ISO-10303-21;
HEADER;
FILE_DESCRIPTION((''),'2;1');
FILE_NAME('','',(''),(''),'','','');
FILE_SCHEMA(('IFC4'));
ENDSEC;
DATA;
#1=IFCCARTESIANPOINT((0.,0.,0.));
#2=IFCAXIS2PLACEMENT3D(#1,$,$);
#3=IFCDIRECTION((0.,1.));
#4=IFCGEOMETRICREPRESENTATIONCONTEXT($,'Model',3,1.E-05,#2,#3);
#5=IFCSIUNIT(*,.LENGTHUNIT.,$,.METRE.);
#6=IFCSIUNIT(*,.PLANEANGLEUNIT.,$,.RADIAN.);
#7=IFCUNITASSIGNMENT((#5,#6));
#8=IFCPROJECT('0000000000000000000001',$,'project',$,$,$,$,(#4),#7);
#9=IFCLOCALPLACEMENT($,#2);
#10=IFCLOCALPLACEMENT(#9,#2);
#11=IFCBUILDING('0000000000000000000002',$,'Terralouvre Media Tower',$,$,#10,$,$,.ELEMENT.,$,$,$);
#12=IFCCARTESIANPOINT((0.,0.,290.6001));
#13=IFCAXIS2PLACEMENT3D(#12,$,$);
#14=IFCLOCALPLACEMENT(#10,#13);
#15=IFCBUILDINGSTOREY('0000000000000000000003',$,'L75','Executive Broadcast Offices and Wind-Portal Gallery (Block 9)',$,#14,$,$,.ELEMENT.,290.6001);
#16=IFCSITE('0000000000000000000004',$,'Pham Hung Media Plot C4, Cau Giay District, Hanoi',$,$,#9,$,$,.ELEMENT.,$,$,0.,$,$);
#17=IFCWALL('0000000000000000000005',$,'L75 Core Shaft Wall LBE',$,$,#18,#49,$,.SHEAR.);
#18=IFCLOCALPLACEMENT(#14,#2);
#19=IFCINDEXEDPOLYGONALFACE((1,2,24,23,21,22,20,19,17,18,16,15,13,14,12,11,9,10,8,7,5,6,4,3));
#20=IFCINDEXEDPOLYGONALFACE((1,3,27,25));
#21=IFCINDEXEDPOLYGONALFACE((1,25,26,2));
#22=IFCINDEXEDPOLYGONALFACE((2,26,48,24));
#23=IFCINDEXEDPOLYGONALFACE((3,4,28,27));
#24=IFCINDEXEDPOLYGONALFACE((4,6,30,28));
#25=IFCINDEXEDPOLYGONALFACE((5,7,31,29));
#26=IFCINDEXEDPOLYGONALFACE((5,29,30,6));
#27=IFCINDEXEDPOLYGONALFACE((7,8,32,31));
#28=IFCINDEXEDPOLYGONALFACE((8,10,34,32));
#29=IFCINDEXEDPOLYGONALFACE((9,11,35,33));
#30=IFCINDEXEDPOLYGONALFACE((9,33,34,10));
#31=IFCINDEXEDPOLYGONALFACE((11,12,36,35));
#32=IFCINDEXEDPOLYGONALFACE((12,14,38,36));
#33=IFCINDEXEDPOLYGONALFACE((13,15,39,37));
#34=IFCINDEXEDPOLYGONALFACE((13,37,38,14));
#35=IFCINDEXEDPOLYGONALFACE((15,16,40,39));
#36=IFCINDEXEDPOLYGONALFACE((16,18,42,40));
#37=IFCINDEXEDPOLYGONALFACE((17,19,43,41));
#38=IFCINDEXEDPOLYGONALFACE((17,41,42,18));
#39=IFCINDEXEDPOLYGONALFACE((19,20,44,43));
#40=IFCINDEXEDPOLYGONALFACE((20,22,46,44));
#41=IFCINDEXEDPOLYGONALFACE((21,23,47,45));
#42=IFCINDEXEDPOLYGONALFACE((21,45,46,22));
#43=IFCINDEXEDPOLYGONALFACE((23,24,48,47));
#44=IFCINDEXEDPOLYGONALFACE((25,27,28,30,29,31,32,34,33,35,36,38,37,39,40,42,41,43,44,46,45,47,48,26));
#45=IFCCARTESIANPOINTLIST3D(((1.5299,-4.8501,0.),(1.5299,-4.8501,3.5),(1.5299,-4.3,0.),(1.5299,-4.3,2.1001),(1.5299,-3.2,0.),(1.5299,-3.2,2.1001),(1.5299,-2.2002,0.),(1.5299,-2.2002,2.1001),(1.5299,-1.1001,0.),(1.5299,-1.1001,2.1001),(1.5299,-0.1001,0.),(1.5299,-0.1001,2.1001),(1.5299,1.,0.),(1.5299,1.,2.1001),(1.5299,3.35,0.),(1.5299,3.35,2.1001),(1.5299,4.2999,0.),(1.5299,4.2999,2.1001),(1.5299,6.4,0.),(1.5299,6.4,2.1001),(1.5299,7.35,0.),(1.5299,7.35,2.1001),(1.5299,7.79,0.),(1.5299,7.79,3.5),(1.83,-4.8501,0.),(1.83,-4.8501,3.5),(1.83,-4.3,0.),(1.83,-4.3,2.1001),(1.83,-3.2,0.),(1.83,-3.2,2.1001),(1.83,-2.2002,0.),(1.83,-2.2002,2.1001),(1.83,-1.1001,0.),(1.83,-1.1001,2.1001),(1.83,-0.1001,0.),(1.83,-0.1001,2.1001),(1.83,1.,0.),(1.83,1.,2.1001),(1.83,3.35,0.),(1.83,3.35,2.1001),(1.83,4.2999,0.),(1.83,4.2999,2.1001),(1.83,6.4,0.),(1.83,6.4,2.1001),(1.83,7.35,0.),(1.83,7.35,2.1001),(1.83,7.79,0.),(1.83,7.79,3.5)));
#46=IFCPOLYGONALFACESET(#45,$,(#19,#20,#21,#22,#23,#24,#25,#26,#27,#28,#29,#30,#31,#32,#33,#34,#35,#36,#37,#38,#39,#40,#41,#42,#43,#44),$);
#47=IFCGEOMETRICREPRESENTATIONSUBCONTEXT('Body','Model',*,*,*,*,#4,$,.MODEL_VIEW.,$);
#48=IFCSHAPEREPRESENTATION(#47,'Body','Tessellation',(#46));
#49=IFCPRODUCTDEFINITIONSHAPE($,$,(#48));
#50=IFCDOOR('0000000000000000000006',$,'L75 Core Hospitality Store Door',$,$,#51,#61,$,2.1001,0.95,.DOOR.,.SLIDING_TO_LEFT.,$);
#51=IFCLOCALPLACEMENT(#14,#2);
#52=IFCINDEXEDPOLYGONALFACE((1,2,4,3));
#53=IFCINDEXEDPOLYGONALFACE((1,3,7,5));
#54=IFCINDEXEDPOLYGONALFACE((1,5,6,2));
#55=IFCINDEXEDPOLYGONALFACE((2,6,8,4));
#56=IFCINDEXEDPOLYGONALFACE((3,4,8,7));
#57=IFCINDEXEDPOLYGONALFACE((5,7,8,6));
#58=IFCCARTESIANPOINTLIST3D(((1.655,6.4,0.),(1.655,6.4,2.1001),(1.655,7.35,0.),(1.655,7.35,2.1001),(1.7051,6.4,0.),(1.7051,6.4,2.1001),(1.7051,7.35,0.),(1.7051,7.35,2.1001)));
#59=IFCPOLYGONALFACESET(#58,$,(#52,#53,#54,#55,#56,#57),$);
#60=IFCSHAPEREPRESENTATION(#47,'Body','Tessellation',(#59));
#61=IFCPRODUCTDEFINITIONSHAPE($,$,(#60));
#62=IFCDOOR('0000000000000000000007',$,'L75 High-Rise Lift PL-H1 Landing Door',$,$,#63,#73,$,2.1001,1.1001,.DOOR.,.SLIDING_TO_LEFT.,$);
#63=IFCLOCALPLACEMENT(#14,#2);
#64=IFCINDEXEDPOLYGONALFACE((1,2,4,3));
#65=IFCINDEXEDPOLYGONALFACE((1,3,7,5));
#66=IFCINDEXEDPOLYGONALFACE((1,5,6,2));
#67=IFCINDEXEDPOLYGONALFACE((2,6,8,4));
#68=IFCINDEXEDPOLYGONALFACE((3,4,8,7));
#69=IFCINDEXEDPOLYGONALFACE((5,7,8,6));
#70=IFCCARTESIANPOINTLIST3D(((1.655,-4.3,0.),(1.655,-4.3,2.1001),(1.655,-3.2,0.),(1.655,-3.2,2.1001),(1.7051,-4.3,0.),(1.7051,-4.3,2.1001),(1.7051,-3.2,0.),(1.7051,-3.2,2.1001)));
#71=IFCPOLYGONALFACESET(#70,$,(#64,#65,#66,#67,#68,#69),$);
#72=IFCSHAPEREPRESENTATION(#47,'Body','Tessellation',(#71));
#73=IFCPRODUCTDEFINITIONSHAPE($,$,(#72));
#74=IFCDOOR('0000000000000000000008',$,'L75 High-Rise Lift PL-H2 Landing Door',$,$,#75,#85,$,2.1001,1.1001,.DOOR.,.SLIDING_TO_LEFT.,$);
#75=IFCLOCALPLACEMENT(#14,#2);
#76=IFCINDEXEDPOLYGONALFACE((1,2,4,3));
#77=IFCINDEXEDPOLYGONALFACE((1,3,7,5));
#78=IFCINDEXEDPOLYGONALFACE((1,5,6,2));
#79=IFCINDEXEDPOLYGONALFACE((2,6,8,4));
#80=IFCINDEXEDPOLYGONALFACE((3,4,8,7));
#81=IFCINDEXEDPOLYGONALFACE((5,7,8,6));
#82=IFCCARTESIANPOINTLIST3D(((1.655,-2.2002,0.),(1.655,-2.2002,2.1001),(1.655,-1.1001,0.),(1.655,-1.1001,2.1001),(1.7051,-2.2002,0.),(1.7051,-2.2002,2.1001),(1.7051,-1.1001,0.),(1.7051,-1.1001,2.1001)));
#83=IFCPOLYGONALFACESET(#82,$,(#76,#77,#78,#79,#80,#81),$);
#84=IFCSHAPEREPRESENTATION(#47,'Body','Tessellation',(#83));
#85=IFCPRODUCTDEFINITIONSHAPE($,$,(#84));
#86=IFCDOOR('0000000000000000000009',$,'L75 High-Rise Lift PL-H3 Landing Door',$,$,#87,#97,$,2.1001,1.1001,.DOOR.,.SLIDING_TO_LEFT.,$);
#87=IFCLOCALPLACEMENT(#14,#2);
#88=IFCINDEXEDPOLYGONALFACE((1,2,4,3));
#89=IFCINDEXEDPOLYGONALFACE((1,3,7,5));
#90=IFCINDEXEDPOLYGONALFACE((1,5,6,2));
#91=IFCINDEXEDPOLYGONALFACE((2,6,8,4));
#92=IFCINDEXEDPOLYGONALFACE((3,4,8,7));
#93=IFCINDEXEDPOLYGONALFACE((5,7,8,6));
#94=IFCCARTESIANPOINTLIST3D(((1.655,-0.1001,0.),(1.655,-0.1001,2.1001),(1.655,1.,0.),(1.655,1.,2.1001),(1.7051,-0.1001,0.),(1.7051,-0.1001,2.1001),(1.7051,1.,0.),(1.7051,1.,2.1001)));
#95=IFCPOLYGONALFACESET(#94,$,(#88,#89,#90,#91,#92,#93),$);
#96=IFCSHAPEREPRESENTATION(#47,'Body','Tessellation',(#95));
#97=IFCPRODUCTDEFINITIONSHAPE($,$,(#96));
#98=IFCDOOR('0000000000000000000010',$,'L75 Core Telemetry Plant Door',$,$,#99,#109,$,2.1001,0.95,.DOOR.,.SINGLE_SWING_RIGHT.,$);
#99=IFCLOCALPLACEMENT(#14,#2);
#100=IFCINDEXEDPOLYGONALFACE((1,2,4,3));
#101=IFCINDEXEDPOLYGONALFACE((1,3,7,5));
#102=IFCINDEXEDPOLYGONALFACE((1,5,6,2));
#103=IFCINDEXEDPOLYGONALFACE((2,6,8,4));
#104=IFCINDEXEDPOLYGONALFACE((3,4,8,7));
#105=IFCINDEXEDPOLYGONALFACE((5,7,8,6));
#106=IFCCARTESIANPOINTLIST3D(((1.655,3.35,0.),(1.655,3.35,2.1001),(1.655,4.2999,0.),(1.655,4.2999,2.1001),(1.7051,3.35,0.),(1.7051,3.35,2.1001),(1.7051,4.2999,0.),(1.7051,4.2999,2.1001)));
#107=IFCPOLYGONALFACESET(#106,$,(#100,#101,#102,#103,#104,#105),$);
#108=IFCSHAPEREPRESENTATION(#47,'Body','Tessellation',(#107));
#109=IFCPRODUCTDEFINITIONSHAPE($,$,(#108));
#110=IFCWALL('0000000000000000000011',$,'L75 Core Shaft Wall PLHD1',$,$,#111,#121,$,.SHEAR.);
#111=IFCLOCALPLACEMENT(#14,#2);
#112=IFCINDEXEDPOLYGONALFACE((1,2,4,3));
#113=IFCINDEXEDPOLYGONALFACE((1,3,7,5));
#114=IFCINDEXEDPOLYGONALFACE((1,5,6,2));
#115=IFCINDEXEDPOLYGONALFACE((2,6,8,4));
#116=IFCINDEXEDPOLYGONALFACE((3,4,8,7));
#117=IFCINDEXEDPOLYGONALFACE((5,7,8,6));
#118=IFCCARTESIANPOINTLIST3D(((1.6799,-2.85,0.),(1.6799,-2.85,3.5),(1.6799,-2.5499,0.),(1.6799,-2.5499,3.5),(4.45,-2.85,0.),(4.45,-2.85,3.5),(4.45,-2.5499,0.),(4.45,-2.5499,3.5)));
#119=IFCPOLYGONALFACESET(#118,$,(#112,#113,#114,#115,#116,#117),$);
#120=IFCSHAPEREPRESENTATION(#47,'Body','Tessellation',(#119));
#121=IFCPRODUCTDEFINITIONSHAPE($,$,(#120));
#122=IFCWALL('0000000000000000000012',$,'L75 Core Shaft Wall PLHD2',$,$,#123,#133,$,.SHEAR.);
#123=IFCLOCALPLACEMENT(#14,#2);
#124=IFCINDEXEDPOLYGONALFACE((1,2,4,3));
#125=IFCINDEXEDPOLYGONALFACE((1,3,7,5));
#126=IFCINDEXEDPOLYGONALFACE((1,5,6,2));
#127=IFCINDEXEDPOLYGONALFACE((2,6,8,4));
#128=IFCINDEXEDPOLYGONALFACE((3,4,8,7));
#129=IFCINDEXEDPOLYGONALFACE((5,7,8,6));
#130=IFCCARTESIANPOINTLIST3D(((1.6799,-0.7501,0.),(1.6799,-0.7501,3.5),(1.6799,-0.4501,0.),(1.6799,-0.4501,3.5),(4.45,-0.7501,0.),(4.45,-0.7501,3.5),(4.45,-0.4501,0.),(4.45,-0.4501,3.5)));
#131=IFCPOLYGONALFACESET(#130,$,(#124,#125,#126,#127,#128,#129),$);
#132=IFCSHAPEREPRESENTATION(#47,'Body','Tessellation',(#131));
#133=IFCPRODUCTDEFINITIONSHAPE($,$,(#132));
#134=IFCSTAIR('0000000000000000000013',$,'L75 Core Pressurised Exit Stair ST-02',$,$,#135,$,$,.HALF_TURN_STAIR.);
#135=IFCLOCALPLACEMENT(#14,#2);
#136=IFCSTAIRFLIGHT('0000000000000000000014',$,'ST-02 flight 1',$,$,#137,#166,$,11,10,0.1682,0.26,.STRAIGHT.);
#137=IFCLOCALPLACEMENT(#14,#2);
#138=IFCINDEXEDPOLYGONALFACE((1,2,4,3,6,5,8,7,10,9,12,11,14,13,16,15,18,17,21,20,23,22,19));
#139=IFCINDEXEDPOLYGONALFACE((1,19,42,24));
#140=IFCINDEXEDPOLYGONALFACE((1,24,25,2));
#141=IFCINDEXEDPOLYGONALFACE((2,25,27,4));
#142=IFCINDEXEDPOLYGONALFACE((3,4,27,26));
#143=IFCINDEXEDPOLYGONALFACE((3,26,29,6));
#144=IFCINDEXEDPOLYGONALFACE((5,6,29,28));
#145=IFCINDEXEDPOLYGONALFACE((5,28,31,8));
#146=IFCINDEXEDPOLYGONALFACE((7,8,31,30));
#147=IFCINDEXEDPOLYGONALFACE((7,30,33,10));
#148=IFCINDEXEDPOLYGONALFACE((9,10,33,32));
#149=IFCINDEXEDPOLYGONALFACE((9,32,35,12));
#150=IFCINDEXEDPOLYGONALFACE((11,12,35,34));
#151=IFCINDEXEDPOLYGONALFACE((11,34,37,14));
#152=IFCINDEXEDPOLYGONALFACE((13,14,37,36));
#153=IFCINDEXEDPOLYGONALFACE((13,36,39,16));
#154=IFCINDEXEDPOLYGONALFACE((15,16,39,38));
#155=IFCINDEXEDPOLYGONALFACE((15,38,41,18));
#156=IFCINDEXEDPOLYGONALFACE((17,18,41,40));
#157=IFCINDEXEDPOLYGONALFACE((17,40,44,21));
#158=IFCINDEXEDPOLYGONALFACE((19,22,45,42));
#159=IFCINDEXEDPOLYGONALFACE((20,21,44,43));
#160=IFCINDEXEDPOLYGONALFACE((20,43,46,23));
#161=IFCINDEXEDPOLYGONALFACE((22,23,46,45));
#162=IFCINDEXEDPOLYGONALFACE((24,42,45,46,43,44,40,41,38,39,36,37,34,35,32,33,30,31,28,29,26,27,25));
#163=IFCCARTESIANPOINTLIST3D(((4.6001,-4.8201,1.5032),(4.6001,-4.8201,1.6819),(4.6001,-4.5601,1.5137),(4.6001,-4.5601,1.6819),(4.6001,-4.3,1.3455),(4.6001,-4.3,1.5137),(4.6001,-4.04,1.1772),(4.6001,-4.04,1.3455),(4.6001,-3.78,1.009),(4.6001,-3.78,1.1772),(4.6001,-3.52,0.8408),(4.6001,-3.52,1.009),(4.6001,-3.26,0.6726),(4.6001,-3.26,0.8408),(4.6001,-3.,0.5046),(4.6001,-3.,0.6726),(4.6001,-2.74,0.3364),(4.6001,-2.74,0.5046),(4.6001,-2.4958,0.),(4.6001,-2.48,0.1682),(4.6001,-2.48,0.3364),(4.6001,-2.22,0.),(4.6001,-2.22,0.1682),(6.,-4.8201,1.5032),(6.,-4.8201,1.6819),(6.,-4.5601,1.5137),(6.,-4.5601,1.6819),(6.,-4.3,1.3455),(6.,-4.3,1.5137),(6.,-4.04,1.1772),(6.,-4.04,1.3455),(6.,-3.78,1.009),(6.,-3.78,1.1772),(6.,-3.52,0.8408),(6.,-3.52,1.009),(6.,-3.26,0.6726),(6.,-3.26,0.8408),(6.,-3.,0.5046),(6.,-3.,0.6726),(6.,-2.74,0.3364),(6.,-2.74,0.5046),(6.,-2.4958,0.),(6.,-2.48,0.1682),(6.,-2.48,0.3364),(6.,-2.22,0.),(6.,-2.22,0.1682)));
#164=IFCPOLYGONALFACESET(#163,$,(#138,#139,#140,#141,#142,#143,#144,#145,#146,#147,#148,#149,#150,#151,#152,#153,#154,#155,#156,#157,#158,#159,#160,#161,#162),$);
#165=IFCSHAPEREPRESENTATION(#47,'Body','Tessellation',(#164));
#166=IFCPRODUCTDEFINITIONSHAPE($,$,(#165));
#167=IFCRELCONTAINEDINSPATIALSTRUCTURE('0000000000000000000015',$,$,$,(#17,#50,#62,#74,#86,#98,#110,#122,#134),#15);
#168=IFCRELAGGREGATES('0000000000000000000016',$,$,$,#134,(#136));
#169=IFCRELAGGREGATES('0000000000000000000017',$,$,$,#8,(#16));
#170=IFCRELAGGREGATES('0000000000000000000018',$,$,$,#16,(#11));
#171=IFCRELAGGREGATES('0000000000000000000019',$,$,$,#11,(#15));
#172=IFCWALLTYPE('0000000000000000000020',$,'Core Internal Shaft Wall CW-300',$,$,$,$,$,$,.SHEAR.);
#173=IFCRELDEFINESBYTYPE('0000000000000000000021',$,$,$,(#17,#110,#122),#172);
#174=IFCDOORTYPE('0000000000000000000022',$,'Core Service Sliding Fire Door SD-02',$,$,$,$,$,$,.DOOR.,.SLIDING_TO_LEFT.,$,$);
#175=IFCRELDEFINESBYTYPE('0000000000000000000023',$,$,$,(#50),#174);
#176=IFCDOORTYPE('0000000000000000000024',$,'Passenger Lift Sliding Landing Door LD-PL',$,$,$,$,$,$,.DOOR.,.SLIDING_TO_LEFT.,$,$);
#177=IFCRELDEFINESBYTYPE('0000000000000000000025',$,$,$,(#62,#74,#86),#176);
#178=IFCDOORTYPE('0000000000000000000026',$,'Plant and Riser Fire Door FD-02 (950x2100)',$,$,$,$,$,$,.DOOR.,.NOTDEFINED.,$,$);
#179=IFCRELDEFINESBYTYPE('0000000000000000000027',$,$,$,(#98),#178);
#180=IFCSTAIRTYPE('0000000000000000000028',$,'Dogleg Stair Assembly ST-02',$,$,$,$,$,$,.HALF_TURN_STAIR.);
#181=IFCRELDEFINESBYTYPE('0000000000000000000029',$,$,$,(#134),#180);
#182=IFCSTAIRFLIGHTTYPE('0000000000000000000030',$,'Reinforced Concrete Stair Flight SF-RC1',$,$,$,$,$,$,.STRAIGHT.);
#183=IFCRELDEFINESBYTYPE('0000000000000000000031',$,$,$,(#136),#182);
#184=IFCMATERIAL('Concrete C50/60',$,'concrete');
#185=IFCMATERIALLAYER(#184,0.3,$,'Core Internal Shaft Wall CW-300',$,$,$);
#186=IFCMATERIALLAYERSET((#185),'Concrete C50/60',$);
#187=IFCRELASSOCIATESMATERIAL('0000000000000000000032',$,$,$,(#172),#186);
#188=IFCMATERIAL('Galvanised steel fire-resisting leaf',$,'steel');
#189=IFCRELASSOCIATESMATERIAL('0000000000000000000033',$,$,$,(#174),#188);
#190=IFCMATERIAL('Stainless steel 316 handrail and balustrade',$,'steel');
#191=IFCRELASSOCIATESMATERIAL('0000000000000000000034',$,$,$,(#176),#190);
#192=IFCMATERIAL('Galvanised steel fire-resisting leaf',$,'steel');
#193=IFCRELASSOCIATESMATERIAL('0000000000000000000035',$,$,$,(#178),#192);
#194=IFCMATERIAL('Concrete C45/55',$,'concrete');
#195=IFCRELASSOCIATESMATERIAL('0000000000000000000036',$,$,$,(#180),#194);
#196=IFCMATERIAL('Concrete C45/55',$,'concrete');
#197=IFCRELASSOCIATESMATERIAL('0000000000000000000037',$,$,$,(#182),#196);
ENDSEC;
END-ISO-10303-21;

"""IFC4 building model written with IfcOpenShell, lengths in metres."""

from ifc_helpers import new_model, si_unit, direction, frame, frame_2d, origin, place, context, subcontext, project, spatial, polyline, rectangle, outline, extrude, material, layer, layer_set, type_object, element, fill, aggregate, save


model = new_model("IFC4")

# Units and contexts
model_context = context("Model", 3, precision=1e-05, world=origin(), true_north=direction((0.0, 1.0)))
body_context = subcontext(model_context, "Body", "Model", "MODEL_VIEW")
ifc_project = project(units=[si_unit("LENGTHUNIT", "METRE"), si_unit("PLANEANGLEUNIT", "RADIAN")], contexts=[model_context])

# Site, building, storey
site_placement = place(None, origin())
site = spatial("IfcSite", under=ifc_project, at=site_placement, Name="Pham Hung Media Plot C4, Cau Giay District, Hanoi", CompositionType="ELEMENT", RefElevation=0.0)
building_placement = place(site_placement, origin())
building = spatial("IfcBuilding", under=site, at=building_placement, Name="Terralouvre Media Tower", CompositionType="ELEMENT")
storey_placement = place(building_placement, frame((0.0, 0.0, 290.6001)))
storey = spatial("IfcBuildingStorey", under=building, at=storey_placement, Name="L75", Description="Executive Broadcast Offices and Wind-Portal Gallery (Block 9)", CompositionType="ELEMENT", Elevation=290.6001)

# Shared definitions
ifc_material_1 = material(Name="Concrete C50/60", Category="concrete")
ifc_layer_1 = layer(ifc_material_1, 0.3, Name="Core Internal Shaft Wall CW-300")
ifc_layer_set_1 = layer_set([ifc_layer_1], Name="Concrete C50/60")
wall_type = type_object("IfcWallType", Name="Core Internal Shaft Wall CW-300", PredefinedType="SHEAR", material=ifc_layer_set_1)

# Wall, openings, doors
wall_1_placement = place(storey_placement, frame((1.6799, -4.8501, 0.0), z_axis=(0.0, 0.0, 1.0), x_axis=(0.0, 1.0, 0.0)))
wall_1 = element("IfcWall", 1, at=wall_1_placement, inside=storey, type_object=wall_type, Name="L75 Core Shaft Wall LBE", PredefinedType="SHEAR", context=body_context, shape_type="SweptSolid", body=[
    extrude(rectangle(XDim=12.6401, YDim=0.3, at=frame_2d((6.3201, 0.0))), origin(), (0.0, 0.0, 1.0), 3.5),
])
opening_1_placement = place(wall_1_placement, frame((0.55, 0.0, 0.0)))
opening_1 = element("IfcOpeningElement", 2, at=opening_1_placement, cuts=wall_1, PredefinedType="OPENING", context=body_context, shape_type="SweptSolid", body=[
    extrude(rectangle(XDim=1.1001, YDim=2.1001, at=frame_2d((0.55, 1.05))), frame((0.0, 0.1599, 0.0), z_axis=(0.0, -1.0, 0.0), x_axis=(1.0, 0.0, 0.0)), (0.0, 0.0, 1.0), 0.3201),
])
opening_2_placement = place(wall_1_placement, frame((2.6499, 0.0, 0.0)))
opening_2 = element("IfcOpeningElement", 3, at=opening_2_placement, cuts=wall_1, PredefinedType="OPENING", context=body_context, shape_type="SweptSolid", body=[
    extrude(rectangle(XDim=1.1001, YDim=2.1001, at=frame_2d((0.55, 1.05))), frame((0.0, 0.1599, 0.0), z_axis=(0.0, -1.0, 0.0), x_axis=(1.0, 0.0, 0.0)), (0.0, 0.0, 1.0), 0.3201),
])
opening_3_placement = place(wall_1_placement, frame((4.75, 0.0, 0.0)))
opening_3 = element("IfcOpeningElement", 4, at=opening_3_placement, cuts=wall_1, PredefinedType="OPENING", context=body_context, shape_type="SweptSolid", body=[
    extrude(rectangle(XDim=1.1001, YDim=2.1001, at=frame_2d((0.55, 1.05))), frame((0.0, 0.1599, 0.0), z_axis=(0.0, -1.0, 0.0), x_axis=(1.0, 0.0, 0.0)), (0.0, 0.0, 1.0), 0.3201),
])
opening_4_placement = place(wall_1_placement, frame((8.2, 0.0, 0.0)))
opening_4 = element("IfcOpeningElement", 5, at=opening_4_placement, cuts=wall_1, PredefinedType="OPENING", context=body_context, shape_type="SweptSolid", body=[
    extrude(rectangle(XDim=0.95, YDim=2.1001, at=frame_2d((0.4751, 1.05))), frame((0.0, 0.1599, 0.0), z_axis=(0.0, -1.0, 0.0), x_axis=(1.0, 0.0, 0.0)), (0.0, 0.0, 1.0), 0.3201),
])
opening_5_placement = place(wall_1_placement, frame((11.25, 0.0, 0.0)))
opening_5 = element("IfcOpeningElement", 6, at=opening_5_placement, cuts=wall_1, PredefinedType="OPENING", context=body_context, shape_type="SweptSolid", body=[
    extrude(rectangle(XDim=0.95, YDim=2.1001, at=frame_2d((0.4751, 1.05))), frame((0.0, 0.1599, 0.0), z_axis=(0.0, -1.0, 0.0), x_axis=(1.0, 0.0, 0.0)), (0.0, 0.0, 1.0), 0.3201),
])
ifc_material_2 = material(Name="Galvanised steel fire-resisting leaf", Category="steel")
door_type_1 = type_object("IfcDoorType", Name="Core Service Sliding Fire Door SD-02", OperationType="SLIDING_TO_LEFT", PredefinedType="DOOR", material=ifc_material_2)
door_1_placement = place(opening_5_placement, origin())
door_1 = element("IfcDoor", 7, at=door_1_placement, inside=storey, type_object=door_type_1, Name="L75 Core Hospitality Store Door", OperationType="SLIDING_TO_LEFT", OverallHeight=2.1001, OverallWidth=0.95, PredefinedType="DOOR", context=body_context, shape_type="SweptSolid", body=[
    extrude(rectangle(XDim=0.95, YDim=2.1001, at=frame_2d((0.4751, 1.05))), frame((0.0, 0.0249, 0.0), z_axis=(0.0, -1.0, 0.0), x_axis=(1.0, 0.0, 0.0)), (0.0, 0.0, 1.0), 0.05),
])
fill(opening_5, door_1)
ifc_material_3 = material(Name="Stainless steel 316 handrail and balustrade", Category="steel")
door_type_2 = type_object("IfcDoorType", Name="Passenger Lift Sliding Landing Door LD-PL", OperationType="SLIDING_TO_LEFT", PredefinedType="DOOR", material=ifc_material_3)
door_2_placement = place(opening_1_placement, origin())
door_2 = element("IfcDoor", 8, at=door_2_placement, inside=storey, type_object=door_type_2, Name="L75 High-Rise Lift PL-H1 Landing Door", OperationType="SLIDING_TO_LEFT", OverallHeight=2.1001, OverallWidth=1.1001, PredefinedType="DOOR", context=body_context, shape_type="SweptSolid", body=[
    extrude(rectangle(XDim=1.1001, YDim=2.1001, at=frame_2d((0.55, 1.05))), frame((0.0, 0.0249, 0.0), z_axis=(0.0, -1.0, 0.0), x_axis=(1.0, 0.0, 0.0)), (0.0, 0.0, 1.0), 0.05),
])
fill(opening_1, door_2)
door_3_placement = place(opening_2_placement, origin())
door_3 = element("IfcDoor", 9, at=door_3_placement, inside=storey, type_object=door_type_2, Name="L75 High-Rise Lift PL-H2 Landing Door", OperationType="SLIDING_TO_LEFT", OverallHeight=2.1001, OverallWidth=1.1001, PredefinedType="DOOR", context=body_context, shape_type="SweptSolid", body=[
    extrude(rectangle(XDim=1.1001, YDim=2.1001, at=frame_2d((0.55, 1.05))), frame((0.0, 0.0249, 0.0), z_axis=(0.0, -1.0, 0.0), x_axis=(1.0, 0.0, 0.0)), (0.0, 0.0, 1.0), 0.05),
])
fill(opening_2, door_3)
door_4_placement = place(opening_3_placement, origin())
door_4 = element("IfcDoor", 10, at=door_4_placement, inside=storey, type_object=door_type_2, Name="L75 High-Rise Lift PL-H3 Landing Door", OperationType="SLIDING_TO_LEFT", OverallHeight=2.1001, OverallWidth=1.1001, PredefinedType="DOOR", context=body_context, shape_type="SweptSolid", body=[
    extrude(rectangle(XDim=1.1001, YDim=2.1001, at=frame_2d((0.55, 1.05))), frame((0.0, 0.0249, 0.0), z_axis=(0.0, -1.0, 0.0), x_axis=(1.0, 0.0, 0.0)), (0.0, 0.0, 1.0), 0.05),
])
fill(opening_3, door_4)
ifc_material_4 = material(Name="Galvanised steel fire-resisting leaf", Category="steel")
door_type_3 = type_object("IfcDoorType", Name="Plant and Riser Fire Door FD-02 (950x2100)", OperationType="NOTDEFINED", PredefinedType="DOOR", material=ifc_material_4)
door_5_placement = place(opening_4_placement, origin())
door_5 = element("IfcDoor", 11, at=door_5_placement, inside=storey, type_object=door_type_3, Name="L75 Core Telemetry Plant Door", OperationType="SINGLE_SWING_RIGHT", OverallHeight=2.1001, OverallWidth=0.95, PredefinedType="DOOR", context=body_context, shape_type="SweptSolid", body=[
    extrude(rectangle(XDim=0.95, YDim=2.1001, at=frame_2d((0.4751, 1.05))), frame((0.0, 0.0249, 0.0), z_axis=(0.0, -1.0, 0.0), x_axis=(1.0, 0.0, 0.0)), (0.0, 0.0, 1.0), 0.05),
])
fill(opening_4, door_5)

# Walls
for number, where, z_axis, x_axis, name in (
    (12, (1.6799, -2.7, 0.0), (0.0, 0.0, 1.0), (1.0, 0.0, 0.0), "L75 Core Shaft Wall PLHD1"),
    (13, (1.6799, -0.6001, 0.0), (0.0, 0.0, 1.0), (1.0, 0.0, 0.0), "L75 Core Shaft Wall PLHD2"),
):
    element("IfcWall", number, at=place(storey_placement, frame(where, z_axis=z_axis, x_axis=x_axis)), inside=storey, type_object=wall_type, Name=name, PredefinedType="SHEAR", context=body_context, shape_type="SweptSolid", body=[
        extrude(rectangle(XDim=2.77, YDim=0.3, at=frame_2d((1.385, 0.0))), origin(), (0.0, 0.0, 1.0), 3.5),
    ])

# Stair, stair flight
ifc_material_5 = material(Name="Concrete C45/55", Category="concrete")
stair_type = type_object("IfcStairType", Name="Dogleg Stair Assembly ST-02", PredefinedType="HALF_TURN_STAIR", material=ifc_material_5)
stair_placement = place(storey_placement, origin())
stair = element("IfcStair", 14, at=stair_placement, inside=storey, type_object=stair_type, Name="L75 Core Pressurised Exit Stair ST-02", PredefinedType="HALF_TURN_STAIR")
ifc_material_6 = material(Name="Concrete C45/55", Category="concrete")
stair_flight_type = type_object("IfcStairFlightType", Name="Reinforced Concrete Stair Flight SF-RC1", PredefinedType="STRAIGHT", material=ifc_material_6)
stair_flight_1_placement = place(storey_placement, frame((5.3, -2.22, 0.0), z_axis=(0.0, 0.0, 1.0), x_axis=(0.0, -1.0, 0.0)))
stair_flight_1 = element("IfcStairFlight", 15, at=stair_flight_1_placement, type_object=stair_flight_type, Name="ST-02 flight 1", NumberOfRisers=11, NumberOfTreads=10, PredefinedType="STRAIGHT", RiserHeight=0.1682, TreadLength=0.26, context=body_context, shape_type="SweptSolid", body=[
    extrude(outline(polyline([(0.0, 0.0), (0.0, 0.1682), (0.26, 0.1682), (0.26, 0.3364), (0.52, 0.3364), (0.52, 0.5046), (0.78, 0.5046), (0.78, 0.6726), (1.04, 0.6726), (1.04, 0.8408), (1.3, 0.8408), (1.3, 1.009), (1.5601, 1.009), (1.5601, 1.1772), (1.8201, 1.1772), (1.8201, 1.3455), (2.0801, 1.3455), (2.0801, 1.5137), (2.3401, 1.5137), (2.3401, 1.6819), (2.6001, 1.6819), (2.6001, 1.8501), (2.6001, 1.5032), (0.2759, 0.0), (0.0, 0.0)])), frame((0.0, 0.7, 0.0), z_axis=(0.0, -1.0, 0.0), x_axis=(1.0, 0.0, 0.0)), (0.0, 0.0, 1.0), 1.3999),
])
aggregate(stair, [stair_flight_1])

save(model, "model.ifc")
